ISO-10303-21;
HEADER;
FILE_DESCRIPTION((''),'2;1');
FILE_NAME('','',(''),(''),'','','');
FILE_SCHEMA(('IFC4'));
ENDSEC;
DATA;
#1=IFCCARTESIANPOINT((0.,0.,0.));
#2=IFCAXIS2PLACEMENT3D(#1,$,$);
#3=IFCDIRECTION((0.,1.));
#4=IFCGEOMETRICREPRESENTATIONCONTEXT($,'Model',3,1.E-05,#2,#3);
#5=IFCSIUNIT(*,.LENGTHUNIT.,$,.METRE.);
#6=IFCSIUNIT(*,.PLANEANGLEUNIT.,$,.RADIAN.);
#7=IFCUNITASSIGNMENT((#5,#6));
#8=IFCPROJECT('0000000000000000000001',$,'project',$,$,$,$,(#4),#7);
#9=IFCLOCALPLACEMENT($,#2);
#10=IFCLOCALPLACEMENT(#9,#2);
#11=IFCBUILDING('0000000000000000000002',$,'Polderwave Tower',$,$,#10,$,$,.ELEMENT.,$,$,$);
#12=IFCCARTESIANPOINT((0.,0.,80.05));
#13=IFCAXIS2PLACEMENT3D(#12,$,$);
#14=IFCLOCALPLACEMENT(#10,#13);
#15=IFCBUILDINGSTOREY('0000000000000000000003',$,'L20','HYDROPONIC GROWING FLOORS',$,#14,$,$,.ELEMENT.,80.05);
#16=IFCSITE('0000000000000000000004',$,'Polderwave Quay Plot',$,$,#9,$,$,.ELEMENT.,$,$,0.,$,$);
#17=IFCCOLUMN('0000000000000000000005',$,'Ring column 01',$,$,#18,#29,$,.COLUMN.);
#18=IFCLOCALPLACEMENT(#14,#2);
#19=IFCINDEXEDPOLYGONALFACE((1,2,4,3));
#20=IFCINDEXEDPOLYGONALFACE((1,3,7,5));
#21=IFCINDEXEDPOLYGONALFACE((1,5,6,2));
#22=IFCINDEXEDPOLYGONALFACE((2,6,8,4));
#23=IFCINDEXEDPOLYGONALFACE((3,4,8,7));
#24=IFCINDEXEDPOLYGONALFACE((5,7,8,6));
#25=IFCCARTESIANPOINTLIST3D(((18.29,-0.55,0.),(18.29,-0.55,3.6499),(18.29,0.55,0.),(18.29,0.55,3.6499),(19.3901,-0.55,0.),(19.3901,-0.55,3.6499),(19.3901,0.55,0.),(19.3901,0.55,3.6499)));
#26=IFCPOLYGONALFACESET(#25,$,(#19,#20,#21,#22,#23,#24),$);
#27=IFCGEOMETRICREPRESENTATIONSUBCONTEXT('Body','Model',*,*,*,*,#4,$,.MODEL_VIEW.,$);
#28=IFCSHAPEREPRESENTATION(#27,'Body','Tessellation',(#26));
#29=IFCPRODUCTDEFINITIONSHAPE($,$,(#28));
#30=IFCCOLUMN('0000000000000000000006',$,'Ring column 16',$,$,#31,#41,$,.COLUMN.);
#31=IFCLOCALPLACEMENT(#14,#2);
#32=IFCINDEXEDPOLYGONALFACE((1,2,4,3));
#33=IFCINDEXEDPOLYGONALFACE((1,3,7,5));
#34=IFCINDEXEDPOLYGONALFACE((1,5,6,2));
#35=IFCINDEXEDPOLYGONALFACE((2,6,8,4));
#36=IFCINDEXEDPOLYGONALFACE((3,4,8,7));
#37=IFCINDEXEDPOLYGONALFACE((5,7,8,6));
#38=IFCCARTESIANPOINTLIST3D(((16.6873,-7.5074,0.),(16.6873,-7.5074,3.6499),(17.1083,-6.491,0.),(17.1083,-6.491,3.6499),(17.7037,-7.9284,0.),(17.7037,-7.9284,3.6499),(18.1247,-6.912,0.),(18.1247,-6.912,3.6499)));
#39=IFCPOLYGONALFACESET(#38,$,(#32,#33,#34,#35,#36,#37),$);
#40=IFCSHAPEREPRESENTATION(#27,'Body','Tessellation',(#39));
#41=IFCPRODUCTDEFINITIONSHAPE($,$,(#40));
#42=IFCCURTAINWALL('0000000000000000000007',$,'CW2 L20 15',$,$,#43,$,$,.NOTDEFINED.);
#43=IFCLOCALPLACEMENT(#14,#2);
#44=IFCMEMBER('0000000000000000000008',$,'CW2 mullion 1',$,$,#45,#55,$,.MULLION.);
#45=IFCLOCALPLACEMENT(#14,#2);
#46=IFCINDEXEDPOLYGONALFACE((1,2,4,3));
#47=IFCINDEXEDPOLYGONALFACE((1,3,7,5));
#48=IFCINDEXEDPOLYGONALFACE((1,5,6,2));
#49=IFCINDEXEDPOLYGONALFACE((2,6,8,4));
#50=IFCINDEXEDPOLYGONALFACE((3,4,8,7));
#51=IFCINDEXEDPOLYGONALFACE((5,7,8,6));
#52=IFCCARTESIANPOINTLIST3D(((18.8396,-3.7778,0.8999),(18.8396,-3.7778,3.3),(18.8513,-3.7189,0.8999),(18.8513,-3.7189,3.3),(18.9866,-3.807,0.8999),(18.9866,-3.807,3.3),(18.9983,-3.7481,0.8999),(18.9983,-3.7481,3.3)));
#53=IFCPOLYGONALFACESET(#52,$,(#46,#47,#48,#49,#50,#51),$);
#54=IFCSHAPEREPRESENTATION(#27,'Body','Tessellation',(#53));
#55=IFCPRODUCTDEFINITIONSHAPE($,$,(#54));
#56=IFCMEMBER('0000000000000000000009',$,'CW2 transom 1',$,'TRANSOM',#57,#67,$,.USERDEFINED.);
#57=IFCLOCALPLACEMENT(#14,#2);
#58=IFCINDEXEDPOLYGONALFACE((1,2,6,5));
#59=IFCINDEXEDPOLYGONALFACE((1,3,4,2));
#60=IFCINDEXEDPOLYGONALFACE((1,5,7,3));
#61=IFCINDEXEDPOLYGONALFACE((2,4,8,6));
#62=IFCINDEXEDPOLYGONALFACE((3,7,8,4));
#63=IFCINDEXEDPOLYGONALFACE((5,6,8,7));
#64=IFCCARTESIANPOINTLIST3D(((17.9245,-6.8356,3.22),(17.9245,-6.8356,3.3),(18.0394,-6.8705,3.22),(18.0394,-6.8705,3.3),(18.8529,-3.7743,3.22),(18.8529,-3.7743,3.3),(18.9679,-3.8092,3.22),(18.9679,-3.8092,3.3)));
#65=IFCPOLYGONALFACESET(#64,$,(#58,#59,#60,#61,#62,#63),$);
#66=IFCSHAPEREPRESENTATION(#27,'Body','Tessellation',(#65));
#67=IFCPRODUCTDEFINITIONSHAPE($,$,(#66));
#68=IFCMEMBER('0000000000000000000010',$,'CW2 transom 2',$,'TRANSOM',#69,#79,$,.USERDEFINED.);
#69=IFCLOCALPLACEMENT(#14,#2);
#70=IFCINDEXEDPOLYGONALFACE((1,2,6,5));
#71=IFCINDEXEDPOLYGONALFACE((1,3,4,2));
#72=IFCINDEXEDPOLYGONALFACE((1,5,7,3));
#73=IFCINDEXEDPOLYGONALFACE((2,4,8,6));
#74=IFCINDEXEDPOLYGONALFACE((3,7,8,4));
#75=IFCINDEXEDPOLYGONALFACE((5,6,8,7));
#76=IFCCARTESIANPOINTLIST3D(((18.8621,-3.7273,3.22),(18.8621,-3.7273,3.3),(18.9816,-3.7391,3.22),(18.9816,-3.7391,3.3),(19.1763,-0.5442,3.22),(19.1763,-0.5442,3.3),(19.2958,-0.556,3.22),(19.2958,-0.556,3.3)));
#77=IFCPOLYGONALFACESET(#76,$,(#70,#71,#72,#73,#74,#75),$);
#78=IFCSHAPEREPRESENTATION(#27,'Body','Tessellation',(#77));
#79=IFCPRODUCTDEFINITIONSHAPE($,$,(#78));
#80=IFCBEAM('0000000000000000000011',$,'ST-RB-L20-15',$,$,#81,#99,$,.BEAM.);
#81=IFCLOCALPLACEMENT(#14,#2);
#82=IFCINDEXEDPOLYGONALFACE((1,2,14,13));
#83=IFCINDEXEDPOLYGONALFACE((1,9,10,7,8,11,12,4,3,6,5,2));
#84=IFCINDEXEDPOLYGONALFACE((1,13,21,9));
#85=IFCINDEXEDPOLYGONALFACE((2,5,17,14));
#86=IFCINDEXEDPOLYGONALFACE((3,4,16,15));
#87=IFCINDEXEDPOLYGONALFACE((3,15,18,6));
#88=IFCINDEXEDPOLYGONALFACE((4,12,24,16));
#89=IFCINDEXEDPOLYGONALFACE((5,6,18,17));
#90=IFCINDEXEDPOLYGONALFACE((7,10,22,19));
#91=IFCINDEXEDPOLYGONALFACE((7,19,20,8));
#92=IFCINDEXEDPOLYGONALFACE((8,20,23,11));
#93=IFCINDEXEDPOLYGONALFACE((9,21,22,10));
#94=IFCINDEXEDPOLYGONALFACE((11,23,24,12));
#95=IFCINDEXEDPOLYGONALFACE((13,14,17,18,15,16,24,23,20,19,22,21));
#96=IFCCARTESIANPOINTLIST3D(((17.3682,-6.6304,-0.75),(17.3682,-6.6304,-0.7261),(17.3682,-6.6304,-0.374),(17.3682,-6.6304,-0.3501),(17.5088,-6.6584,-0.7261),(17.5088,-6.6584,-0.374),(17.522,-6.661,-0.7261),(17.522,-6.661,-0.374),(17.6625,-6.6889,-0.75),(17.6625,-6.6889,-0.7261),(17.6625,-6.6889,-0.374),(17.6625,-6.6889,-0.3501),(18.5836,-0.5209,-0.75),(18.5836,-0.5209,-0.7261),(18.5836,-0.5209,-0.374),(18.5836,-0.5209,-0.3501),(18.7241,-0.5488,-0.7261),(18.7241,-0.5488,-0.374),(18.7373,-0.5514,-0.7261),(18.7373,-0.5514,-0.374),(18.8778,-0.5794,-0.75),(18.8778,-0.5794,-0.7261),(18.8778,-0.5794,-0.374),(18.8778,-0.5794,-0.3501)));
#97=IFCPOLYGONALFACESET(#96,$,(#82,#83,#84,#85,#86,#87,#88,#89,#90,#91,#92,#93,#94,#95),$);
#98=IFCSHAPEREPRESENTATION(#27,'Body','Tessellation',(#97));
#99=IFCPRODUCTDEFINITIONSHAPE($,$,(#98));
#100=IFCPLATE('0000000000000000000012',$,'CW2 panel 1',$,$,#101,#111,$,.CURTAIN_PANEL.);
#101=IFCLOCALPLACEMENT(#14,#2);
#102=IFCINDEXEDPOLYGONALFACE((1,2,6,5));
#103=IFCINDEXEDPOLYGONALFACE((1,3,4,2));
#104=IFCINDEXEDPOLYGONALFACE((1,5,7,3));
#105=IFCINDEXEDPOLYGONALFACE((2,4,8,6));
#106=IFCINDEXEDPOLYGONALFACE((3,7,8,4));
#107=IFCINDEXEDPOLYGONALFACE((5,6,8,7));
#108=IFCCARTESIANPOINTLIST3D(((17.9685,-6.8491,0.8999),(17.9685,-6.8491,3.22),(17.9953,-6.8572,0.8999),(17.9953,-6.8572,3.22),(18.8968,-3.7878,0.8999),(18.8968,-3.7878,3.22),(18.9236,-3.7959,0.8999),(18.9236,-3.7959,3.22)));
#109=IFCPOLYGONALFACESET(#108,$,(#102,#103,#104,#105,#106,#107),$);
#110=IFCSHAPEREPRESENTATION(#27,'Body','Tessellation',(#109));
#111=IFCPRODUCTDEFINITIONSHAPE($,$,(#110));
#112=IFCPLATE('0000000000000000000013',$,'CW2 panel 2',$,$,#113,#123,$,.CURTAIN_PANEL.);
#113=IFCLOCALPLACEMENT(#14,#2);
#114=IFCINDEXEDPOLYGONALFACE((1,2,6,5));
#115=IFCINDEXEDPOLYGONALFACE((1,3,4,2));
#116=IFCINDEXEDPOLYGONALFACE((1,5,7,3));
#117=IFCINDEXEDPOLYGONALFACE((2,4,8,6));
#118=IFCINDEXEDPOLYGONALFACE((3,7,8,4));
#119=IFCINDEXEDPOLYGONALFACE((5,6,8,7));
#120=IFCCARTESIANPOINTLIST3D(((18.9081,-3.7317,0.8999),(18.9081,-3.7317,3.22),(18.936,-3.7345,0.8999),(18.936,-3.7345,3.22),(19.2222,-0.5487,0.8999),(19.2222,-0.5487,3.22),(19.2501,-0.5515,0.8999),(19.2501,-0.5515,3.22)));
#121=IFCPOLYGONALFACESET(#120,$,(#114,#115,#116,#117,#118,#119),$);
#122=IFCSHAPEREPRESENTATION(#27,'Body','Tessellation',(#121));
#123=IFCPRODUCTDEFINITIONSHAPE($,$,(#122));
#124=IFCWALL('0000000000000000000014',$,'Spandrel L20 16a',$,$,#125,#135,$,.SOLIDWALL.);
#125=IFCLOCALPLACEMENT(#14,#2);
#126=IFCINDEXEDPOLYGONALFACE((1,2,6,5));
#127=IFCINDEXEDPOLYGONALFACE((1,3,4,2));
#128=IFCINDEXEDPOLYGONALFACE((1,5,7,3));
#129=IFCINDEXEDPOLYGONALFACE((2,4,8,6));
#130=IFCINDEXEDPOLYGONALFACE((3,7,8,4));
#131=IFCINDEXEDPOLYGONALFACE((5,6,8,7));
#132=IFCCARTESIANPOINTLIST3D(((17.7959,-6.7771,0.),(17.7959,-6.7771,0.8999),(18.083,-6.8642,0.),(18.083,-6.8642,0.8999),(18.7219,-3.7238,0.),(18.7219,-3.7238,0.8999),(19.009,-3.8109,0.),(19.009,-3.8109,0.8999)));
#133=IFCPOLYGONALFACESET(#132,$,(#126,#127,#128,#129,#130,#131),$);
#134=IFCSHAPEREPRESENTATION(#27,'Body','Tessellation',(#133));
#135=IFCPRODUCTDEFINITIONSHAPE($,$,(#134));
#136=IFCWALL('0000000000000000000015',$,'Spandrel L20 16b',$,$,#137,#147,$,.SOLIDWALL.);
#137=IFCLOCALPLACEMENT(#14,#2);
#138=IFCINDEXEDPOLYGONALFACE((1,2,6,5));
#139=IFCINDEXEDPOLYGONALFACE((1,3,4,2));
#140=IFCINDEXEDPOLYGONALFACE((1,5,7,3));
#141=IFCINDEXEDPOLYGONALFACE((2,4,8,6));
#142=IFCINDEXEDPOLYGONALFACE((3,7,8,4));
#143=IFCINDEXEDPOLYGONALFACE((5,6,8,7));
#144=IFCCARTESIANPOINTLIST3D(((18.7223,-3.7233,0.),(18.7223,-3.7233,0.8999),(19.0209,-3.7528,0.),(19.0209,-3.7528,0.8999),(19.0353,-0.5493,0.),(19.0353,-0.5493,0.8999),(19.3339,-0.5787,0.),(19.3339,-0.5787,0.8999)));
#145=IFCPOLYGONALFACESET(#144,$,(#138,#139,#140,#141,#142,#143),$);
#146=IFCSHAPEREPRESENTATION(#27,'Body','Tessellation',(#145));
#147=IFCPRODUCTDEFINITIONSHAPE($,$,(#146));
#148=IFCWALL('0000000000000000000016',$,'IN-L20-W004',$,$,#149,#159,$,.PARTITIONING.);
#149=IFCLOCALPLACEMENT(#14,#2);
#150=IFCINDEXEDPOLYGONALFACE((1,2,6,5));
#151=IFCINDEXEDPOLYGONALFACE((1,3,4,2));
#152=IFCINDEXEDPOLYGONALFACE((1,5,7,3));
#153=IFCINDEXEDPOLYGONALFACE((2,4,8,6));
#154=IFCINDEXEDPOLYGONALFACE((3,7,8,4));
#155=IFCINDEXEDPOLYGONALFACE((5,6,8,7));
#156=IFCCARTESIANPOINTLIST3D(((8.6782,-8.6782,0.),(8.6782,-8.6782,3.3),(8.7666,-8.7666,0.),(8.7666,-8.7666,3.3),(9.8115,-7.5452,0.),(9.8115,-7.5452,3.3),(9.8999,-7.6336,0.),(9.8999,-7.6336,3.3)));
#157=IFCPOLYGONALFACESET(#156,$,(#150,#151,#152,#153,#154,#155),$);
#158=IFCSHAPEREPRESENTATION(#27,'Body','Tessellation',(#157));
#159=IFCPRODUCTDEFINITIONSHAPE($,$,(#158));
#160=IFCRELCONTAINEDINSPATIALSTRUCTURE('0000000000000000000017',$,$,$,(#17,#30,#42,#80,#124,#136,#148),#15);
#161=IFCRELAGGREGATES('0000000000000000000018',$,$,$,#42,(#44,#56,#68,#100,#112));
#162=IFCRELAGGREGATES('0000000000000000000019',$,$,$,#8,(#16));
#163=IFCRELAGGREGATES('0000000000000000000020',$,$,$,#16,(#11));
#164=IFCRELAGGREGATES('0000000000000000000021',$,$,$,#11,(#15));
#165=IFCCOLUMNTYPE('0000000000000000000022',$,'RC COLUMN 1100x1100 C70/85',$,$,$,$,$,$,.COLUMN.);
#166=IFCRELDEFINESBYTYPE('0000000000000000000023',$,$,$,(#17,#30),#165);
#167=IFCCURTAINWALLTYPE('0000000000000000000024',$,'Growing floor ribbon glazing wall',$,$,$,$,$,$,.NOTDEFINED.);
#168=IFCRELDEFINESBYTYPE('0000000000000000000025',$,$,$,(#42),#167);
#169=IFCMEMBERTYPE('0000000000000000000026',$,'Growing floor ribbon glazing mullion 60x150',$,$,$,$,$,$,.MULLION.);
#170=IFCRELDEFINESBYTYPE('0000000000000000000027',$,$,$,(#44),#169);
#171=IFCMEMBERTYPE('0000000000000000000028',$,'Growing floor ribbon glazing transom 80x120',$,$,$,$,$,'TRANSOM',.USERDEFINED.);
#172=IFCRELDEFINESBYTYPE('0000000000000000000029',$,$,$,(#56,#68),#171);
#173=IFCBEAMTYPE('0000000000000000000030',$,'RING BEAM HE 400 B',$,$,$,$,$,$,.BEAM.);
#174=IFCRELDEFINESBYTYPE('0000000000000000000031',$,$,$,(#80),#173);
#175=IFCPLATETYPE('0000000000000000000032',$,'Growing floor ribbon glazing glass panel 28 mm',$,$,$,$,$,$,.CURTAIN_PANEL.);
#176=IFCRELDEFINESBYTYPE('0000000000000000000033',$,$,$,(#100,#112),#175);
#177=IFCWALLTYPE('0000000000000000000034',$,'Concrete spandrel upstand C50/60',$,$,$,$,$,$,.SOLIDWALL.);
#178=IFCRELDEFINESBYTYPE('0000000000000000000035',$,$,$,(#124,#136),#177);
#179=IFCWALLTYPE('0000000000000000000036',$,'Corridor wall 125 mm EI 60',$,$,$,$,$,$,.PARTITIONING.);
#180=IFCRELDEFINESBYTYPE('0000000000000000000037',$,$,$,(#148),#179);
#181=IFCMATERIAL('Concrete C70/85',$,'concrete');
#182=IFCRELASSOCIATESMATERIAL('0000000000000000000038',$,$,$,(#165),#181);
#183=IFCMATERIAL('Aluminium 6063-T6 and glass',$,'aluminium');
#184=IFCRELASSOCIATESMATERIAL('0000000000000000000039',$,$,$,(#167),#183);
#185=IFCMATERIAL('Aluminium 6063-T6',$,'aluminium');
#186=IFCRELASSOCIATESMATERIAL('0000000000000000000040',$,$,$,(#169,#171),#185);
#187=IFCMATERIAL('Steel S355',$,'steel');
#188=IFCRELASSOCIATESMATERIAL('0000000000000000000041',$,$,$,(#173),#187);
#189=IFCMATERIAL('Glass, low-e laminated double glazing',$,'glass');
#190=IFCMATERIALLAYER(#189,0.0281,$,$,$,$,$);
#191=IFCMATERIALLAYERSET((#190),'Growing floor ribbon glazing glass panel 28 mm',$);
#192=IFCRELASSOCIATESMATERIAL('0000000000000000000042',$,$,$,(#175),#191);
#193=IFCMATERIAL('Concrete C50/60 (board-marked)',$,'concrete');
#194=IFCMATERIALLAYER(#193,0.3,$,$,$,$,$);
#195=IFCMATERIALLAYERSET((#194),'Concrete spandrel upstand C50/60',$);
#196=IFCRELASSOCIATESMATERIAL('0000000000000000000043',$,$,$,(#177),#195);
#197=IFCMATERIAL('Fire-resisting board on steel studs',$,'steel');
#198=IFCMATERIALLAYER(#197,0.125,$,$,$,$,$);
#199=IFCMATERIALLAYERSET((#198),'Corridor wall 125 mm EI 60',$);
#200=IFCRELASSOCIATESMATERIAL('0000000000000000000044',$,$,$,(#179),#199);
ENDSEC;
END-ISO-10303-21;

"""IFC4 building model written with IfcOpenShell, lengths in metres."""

from ifc_helpers import new_model, si_unit, direction, frame, frame_2d, origin, origin_2d, place, context, subcontext, project, spatial, rectangle, i_section, extrude, material, layer, layer_set, material_profile, profile_set, type_object, element, aggregate, save


model = new_model("IFC4")

# Units and contexts
model_context = context("Model", 3, precision=1e-05, world=origin(), true_north=direction((0.0, 1.0)))
body_context = subcontext(model_context, "Body", "Model", "MODEL_VIEW")
ifc_project = project(units=[si_unit("LENGTHUNIT", "METRE"), si_unit("PLANEANGLEUNIT", "RADIAN")], contexts=[model_context])

# Site, building, storey
site_placement = place(None, origin())
site = spatial("IfcSite", under=ifc_project, at=site_placement, Name="Polderwave Quay Plot", CompositionType="ELEMENT", RefElevation=0.0)
building_placement = place(site_placement, origin())
building = spatial("IfcBuilding", under=site, at=building_placement, Name="Polderwave Tower", CompositionType="ELEMENT")
storey_placement = place(building_placement, frame((0.0, 0.0, 80.05)))
storey = spatial("IfcBuildingStorey", under=building, at=storey_placement, Name="L20", Description="HYDROPONIC GROWING FLOORS", CompositionType="ELEMENT", Elevation=80.05)

# Columns
ifc_material_1 = material(Name="Concrete C70/85", Category="concrete")
ifc_material_profile_1 = material_profile(ifc_material_1, rectangle(XDim=1.1001, YDim=1.1001, at=origin_2d()), Name="RC 1100x1100")
ifc_profile_set_1 = profile_set([ifc_material_profile_1], Name="Concrete C70/85")
column_type = type_object("IfcColumnType", Name="RC COLUMN 1100x1100 C70/85", PredefinedType="COLUMN", material=ifc_profile_set_1)
for number, where, z_axis, x_axis, name in (
    (1, (18.8401, 0.0, 0.0), (0.0, 0.0, 1.0), (1.0, 0.0, 0.0), "Ring column 01"),
    (2, (17.406, -7.2097, 0.0), (0.0, 0.0, 1.0), (0.92388, -0.382683, 0.0), "Ring column 16"),
):
    element("IfcColumn", number, at=place(storey_placement, frame(where, z_axis=z_axis, x_axis=x_axis)), inside=storey, type_object=column_type, Name=name, PredefinedType="COLUMN", context=body_context, shape_type="SweptSolid", body=[
        extrude(rectangle(XDim=1.1001, YDim=1.1001, at=origin_2d()), origin(), (0.0, 0.0, 1.0), 3.6499),
    ])

# Curtain wall, members
ifc_material_2 = material(Name="Aluminium 6063-T6 and glass", Category="aluminium")
curtain_wall_type = type_object("IfcCurtainWallType", Name="Growing floor ribbon glazing wall", PredefinedType="NOTDEFINED", material=ifc_material_2)
curtain_wall_placement = place(storey_placement, origin())
curtain_wall = element("IfcCurtainWall", 3, at=curtain_wall_placement, inside=storey, type_object=curtain_wall_type, Name="CW2 L20 15", PredefinedType="NOTDEFINED")
ifc_material_3 = material(Name="Aluminium 6063-T6", Category="aluminium")
ifc_material_profile_2 = material_profile(ifc_material_3, rectangle(XDim=0.1499, YDim=0.0601, at=origin_2d()), Name="AL 60x150")
ifc_profile_set_2 = profile_set([ifc_material_profile_2], Name="Aluminium 6063-T6")
member_type_1 = type_object("IfcMemberType", Name="Growing floor ribbon glazing mullion 60x150", PredefinedType="MULLION", material=ifc_profile_set_2)
member_1_placement = place(storey_placement, frame((18.9189, -3.7629, 0.8999), z_axis=(0.0, 0.0, 1.0), x_axis=(-0.980779, 0.195123, 0.0)))
member_1 = element("IfcMember", 4, at=member_1_placement, type_object=member_type_1, Name="CW2 mullion 1", PredefinedType="MULLION", context=body_context, shape_type="SweptSolid", body=[
    extrude(rectangle(XDim=0.1499, YDim=0.0601, at=origin_2d()), origin(), (0.0, 0.0, 1.0), 2.4001),
])
ifc_material_profile_3 = material_profile(ifc_material_3, rectangle(XDim=0.1201, YDim=0.0801, at=origin_2d()), Name="AL 80x120")
ifc_profile_set_3 = profile_set([ifc_material_profile_3], Name="Aluminium 6063-T6")
member_type_2 = type_object("IfcMemberType", Name="Growing floor ribbon glazing transom 80x120", ElementType="TRANSOM", PredefinedType="USERDEFINED", material=ifc_profile_set_3)
member_2_placement = place(storey_placement, frame((17.9819, -6.853, 3.26), z_axis=(0.290238, 0.956954, 0.0), x_axis=(-0.956954, 0.290238, 0.0)))
member_2 = element("IfcMember", 5, at=member_2_placement, type_object=member_type_2, Name="CW2 transom 1", ObjectType="TRANSOM", PredefinedType="USERDEFINED", context=body_context, shape_type="SweptSolid", body=[
    extrude(rectangle(XDim=0.1201, YDim=0.0801, at=origin_2d()), origin(), (0.0, 0.0, 1.0), 3.199),
])
member_3_placement = place(storey_placement, frame((18.9219, -3.7332, 3.26), z_axis=(0.098234, 0.995163, 0.0), x_axis=(-0.995163, 0.098234, 0.0)))
member_3 = element("IfcMember", 6, at=member_3_placement, type_object=member_type_2, Name="CW2 transom 2", ObjectType="TRANSOM", PredefinedType="USERDEFINED", context=body_context, shape_type="SweptSolid", body=[
    extrude(rectangle(XDim=0.1201, YDim=0.0801, at=origin_2d()), origin(), (0.0, 0.0, 1.0), 3.1985),
])

# Beam
ifc_material_4 = material(Name="Steel S355", Category="steel")
ifc_material_profile_4 = material_profile(ifc_material_4, i_section(OverallWidth=0.3, OverallDepth=0.3999, WebThickness=0.0134, FlangeThickness=0.0239, at=origin_2d()), Name="HE 400 B")
ifc_profile_set_4 = profile_set([ifc_material_profile_4], Name="Steel S355")
beam_type = type_object("IfcBeamType", Name="RING BEAM HE 400 B", PredefinedType="BEAM", material=ifc_profile_set_4)
beam_placement = place(storey_placement, frame((17.5154, -6.6597, -0.55), z_axis=(0.195099, 0.980784, 0.0), x_axis=(-0.980784, 0.195099, 0.0)))
element("IfcBeam", 7, at=beam_placement, inside=storey, type_object=beam_type, Name="ST-RB-L20-15", PredefinedType="BEAM", context=body_context, shape_type="SweptSolid", body=[
    extrude(i_section(OverallWidth=0.3, OverallDepth=0.3999, WebThickness=0.0134, FlangeThickness=0.0239, at=origin_2d()), origin(), (0.0, 0.0, 1.0), 6.2292),
])

# Plates
ifc_material_5 = material(Name="Glass, low-e laminated double glazing", Category="glass")
ifc_layer_1 = layer(ifc_material_5, 0.0281)
ifc_layer_set_1 = layer_set([ifc_layer_1], Name="Growing floor ribbon glazing glass panel 28 mm")
plate_type = type_object("IfcPlateType", Name="Growing floor ribbon glazing glass panel 28 mm", PredefinedType="CURTAIN_PANEL", material=ifc_layer_set_1)
plate_1_placement = place(storey_placement, frame((18.446, -5.3225, 0.8999), z_axis=(0.0, 0.0, 1.0), x_axis=(0.290188, 0.95697, 0.0)))
plate_1 = element("IfcPlate", 8, at=plate_1_placement, type_object=plate_type, Name="CW2 panel 1", PredefinedType="CURTAIN_PANEL", context=body_context, shape_type="SweptSolid", body=[
    extrude(rectangle(XDim=3.199, YDim=0.0281, at=origin_2d()), origin(), (0.0, 0.0, 1.0), 2.3201),
])
plate_2_placement = place(storey_placement, frame((19.0791, -2.1416, 0.8999), z_axis=(0.0, 0.0, 1.0), x_axis=(0.098186, 0.995168, 0.0)))
plate_2 = element("IfcPlate", 9, at=plate_2_placement, type_object=plate_type, Name="CW2 panel 2", PredefinedType="CURTAIN_PANEL", context=body_context, shape_type="SweptSolid", body=[
    extrude(rectangle(XDim=3.1985, YDim=0.0281, at=origin_2d()), origin(), (0.0, 0.0, 1.0), 2.3201),
])
aggregate(curtain_wall, [member_1, member_2, member_3, plate_1, plate_2])

# Walls
ifc_material_6 = material(Name="Concrete C50/60 (board-marked)", Category="concrete")
ifc_layer_2 = layer(ifc_material_6, 0.3)
ifc_layer_set_2 = layer_set([ifc_layer_2], Name="Concrete spandrel upstand C50/60")
wall_type_1 = type_object("IfcWallType", Name="Concrete spandrel upstand C50/60", PredefinedType="SOLIDWALL", material=ifc_layer_set_2)
wall_1_placement = place(storey_placement, frame((17.9395, -6.8206, 0.0), z_axis=(0.0, 0.0, 1.0), x_axis=(0.290239, 0.956954, 0.0)))
element("IfcWall", 10, at=wall_1_placement, inside=storey, type_object=wall_type_1, Name="Spandrel L20 16a", PredefinedType="SOLIDWALL", context=body_context, shape_type="SweptSolid", body=[
    extrude(rectangle(XDim=3.1907, YDim=0.3, at=frame_2d((1.5952, 0.0))), origin(), (0.0, 0.0, 1.0), 0.8999),
])
wall_2_placement = place(storey_placement, frame((18.8716, -3.738, 0.0), z_axis=(0.0, 0.0, 1.0), x_axis=(0.098132, 0.995173, 0.0)))
element("IfcWall", 11, at=wall_2_placement, inside=storey, type_object=wall_type_1, Name="Spandrel L20 16b", PredefinedType="SOLIDWALL", context=body_context, shape_type="SweptSolid", body=[
    extrude(rectangle(XDim=3.1895, YDim=0.3, at=frame_2d((1.5947, 0.0))), origin(), (0.0, 0.0, 1.0), 0.8999),
])
ifc_material_7 = material(Name="Fire-resisting board on steel studs", Category="steel")
ifc_layer_3 = layer(ifc_material_7, 0.125)
ifc_layer_set_3 = layer_set([ifc_layer_3], Name="Corridor wall 125 mm EI 60")
wall_type_2 = type_object("IfcWallType", Name="Corridor wall 125 mm EI 60", PredefinedType="PARTITIONING", material=ifc_layer_set_3)
wall_3_placement = place(storey_placement, frame((9.8557, -7.5894, 0.0), z_axis=(0.0, 0.0, 1.0), x_axis=(-0.707183, -0.707031, 0.0)))
element("IfcWall", 12, at=wall_3_placement, inside=storey, type_object=wall_type_2, Name="IN-L20-W004", PredefinedType="PARTITIONING", context=body_context, shape_type="SweptSolid", body=[
    extrude(rectangle(XDim=1.6025, YDim=0.125, at=frame_2d((0.8013, 0.0))), origin(), (0.0, 0.0, 1.0), 3.3),
])

save(model, "model.ifc")
